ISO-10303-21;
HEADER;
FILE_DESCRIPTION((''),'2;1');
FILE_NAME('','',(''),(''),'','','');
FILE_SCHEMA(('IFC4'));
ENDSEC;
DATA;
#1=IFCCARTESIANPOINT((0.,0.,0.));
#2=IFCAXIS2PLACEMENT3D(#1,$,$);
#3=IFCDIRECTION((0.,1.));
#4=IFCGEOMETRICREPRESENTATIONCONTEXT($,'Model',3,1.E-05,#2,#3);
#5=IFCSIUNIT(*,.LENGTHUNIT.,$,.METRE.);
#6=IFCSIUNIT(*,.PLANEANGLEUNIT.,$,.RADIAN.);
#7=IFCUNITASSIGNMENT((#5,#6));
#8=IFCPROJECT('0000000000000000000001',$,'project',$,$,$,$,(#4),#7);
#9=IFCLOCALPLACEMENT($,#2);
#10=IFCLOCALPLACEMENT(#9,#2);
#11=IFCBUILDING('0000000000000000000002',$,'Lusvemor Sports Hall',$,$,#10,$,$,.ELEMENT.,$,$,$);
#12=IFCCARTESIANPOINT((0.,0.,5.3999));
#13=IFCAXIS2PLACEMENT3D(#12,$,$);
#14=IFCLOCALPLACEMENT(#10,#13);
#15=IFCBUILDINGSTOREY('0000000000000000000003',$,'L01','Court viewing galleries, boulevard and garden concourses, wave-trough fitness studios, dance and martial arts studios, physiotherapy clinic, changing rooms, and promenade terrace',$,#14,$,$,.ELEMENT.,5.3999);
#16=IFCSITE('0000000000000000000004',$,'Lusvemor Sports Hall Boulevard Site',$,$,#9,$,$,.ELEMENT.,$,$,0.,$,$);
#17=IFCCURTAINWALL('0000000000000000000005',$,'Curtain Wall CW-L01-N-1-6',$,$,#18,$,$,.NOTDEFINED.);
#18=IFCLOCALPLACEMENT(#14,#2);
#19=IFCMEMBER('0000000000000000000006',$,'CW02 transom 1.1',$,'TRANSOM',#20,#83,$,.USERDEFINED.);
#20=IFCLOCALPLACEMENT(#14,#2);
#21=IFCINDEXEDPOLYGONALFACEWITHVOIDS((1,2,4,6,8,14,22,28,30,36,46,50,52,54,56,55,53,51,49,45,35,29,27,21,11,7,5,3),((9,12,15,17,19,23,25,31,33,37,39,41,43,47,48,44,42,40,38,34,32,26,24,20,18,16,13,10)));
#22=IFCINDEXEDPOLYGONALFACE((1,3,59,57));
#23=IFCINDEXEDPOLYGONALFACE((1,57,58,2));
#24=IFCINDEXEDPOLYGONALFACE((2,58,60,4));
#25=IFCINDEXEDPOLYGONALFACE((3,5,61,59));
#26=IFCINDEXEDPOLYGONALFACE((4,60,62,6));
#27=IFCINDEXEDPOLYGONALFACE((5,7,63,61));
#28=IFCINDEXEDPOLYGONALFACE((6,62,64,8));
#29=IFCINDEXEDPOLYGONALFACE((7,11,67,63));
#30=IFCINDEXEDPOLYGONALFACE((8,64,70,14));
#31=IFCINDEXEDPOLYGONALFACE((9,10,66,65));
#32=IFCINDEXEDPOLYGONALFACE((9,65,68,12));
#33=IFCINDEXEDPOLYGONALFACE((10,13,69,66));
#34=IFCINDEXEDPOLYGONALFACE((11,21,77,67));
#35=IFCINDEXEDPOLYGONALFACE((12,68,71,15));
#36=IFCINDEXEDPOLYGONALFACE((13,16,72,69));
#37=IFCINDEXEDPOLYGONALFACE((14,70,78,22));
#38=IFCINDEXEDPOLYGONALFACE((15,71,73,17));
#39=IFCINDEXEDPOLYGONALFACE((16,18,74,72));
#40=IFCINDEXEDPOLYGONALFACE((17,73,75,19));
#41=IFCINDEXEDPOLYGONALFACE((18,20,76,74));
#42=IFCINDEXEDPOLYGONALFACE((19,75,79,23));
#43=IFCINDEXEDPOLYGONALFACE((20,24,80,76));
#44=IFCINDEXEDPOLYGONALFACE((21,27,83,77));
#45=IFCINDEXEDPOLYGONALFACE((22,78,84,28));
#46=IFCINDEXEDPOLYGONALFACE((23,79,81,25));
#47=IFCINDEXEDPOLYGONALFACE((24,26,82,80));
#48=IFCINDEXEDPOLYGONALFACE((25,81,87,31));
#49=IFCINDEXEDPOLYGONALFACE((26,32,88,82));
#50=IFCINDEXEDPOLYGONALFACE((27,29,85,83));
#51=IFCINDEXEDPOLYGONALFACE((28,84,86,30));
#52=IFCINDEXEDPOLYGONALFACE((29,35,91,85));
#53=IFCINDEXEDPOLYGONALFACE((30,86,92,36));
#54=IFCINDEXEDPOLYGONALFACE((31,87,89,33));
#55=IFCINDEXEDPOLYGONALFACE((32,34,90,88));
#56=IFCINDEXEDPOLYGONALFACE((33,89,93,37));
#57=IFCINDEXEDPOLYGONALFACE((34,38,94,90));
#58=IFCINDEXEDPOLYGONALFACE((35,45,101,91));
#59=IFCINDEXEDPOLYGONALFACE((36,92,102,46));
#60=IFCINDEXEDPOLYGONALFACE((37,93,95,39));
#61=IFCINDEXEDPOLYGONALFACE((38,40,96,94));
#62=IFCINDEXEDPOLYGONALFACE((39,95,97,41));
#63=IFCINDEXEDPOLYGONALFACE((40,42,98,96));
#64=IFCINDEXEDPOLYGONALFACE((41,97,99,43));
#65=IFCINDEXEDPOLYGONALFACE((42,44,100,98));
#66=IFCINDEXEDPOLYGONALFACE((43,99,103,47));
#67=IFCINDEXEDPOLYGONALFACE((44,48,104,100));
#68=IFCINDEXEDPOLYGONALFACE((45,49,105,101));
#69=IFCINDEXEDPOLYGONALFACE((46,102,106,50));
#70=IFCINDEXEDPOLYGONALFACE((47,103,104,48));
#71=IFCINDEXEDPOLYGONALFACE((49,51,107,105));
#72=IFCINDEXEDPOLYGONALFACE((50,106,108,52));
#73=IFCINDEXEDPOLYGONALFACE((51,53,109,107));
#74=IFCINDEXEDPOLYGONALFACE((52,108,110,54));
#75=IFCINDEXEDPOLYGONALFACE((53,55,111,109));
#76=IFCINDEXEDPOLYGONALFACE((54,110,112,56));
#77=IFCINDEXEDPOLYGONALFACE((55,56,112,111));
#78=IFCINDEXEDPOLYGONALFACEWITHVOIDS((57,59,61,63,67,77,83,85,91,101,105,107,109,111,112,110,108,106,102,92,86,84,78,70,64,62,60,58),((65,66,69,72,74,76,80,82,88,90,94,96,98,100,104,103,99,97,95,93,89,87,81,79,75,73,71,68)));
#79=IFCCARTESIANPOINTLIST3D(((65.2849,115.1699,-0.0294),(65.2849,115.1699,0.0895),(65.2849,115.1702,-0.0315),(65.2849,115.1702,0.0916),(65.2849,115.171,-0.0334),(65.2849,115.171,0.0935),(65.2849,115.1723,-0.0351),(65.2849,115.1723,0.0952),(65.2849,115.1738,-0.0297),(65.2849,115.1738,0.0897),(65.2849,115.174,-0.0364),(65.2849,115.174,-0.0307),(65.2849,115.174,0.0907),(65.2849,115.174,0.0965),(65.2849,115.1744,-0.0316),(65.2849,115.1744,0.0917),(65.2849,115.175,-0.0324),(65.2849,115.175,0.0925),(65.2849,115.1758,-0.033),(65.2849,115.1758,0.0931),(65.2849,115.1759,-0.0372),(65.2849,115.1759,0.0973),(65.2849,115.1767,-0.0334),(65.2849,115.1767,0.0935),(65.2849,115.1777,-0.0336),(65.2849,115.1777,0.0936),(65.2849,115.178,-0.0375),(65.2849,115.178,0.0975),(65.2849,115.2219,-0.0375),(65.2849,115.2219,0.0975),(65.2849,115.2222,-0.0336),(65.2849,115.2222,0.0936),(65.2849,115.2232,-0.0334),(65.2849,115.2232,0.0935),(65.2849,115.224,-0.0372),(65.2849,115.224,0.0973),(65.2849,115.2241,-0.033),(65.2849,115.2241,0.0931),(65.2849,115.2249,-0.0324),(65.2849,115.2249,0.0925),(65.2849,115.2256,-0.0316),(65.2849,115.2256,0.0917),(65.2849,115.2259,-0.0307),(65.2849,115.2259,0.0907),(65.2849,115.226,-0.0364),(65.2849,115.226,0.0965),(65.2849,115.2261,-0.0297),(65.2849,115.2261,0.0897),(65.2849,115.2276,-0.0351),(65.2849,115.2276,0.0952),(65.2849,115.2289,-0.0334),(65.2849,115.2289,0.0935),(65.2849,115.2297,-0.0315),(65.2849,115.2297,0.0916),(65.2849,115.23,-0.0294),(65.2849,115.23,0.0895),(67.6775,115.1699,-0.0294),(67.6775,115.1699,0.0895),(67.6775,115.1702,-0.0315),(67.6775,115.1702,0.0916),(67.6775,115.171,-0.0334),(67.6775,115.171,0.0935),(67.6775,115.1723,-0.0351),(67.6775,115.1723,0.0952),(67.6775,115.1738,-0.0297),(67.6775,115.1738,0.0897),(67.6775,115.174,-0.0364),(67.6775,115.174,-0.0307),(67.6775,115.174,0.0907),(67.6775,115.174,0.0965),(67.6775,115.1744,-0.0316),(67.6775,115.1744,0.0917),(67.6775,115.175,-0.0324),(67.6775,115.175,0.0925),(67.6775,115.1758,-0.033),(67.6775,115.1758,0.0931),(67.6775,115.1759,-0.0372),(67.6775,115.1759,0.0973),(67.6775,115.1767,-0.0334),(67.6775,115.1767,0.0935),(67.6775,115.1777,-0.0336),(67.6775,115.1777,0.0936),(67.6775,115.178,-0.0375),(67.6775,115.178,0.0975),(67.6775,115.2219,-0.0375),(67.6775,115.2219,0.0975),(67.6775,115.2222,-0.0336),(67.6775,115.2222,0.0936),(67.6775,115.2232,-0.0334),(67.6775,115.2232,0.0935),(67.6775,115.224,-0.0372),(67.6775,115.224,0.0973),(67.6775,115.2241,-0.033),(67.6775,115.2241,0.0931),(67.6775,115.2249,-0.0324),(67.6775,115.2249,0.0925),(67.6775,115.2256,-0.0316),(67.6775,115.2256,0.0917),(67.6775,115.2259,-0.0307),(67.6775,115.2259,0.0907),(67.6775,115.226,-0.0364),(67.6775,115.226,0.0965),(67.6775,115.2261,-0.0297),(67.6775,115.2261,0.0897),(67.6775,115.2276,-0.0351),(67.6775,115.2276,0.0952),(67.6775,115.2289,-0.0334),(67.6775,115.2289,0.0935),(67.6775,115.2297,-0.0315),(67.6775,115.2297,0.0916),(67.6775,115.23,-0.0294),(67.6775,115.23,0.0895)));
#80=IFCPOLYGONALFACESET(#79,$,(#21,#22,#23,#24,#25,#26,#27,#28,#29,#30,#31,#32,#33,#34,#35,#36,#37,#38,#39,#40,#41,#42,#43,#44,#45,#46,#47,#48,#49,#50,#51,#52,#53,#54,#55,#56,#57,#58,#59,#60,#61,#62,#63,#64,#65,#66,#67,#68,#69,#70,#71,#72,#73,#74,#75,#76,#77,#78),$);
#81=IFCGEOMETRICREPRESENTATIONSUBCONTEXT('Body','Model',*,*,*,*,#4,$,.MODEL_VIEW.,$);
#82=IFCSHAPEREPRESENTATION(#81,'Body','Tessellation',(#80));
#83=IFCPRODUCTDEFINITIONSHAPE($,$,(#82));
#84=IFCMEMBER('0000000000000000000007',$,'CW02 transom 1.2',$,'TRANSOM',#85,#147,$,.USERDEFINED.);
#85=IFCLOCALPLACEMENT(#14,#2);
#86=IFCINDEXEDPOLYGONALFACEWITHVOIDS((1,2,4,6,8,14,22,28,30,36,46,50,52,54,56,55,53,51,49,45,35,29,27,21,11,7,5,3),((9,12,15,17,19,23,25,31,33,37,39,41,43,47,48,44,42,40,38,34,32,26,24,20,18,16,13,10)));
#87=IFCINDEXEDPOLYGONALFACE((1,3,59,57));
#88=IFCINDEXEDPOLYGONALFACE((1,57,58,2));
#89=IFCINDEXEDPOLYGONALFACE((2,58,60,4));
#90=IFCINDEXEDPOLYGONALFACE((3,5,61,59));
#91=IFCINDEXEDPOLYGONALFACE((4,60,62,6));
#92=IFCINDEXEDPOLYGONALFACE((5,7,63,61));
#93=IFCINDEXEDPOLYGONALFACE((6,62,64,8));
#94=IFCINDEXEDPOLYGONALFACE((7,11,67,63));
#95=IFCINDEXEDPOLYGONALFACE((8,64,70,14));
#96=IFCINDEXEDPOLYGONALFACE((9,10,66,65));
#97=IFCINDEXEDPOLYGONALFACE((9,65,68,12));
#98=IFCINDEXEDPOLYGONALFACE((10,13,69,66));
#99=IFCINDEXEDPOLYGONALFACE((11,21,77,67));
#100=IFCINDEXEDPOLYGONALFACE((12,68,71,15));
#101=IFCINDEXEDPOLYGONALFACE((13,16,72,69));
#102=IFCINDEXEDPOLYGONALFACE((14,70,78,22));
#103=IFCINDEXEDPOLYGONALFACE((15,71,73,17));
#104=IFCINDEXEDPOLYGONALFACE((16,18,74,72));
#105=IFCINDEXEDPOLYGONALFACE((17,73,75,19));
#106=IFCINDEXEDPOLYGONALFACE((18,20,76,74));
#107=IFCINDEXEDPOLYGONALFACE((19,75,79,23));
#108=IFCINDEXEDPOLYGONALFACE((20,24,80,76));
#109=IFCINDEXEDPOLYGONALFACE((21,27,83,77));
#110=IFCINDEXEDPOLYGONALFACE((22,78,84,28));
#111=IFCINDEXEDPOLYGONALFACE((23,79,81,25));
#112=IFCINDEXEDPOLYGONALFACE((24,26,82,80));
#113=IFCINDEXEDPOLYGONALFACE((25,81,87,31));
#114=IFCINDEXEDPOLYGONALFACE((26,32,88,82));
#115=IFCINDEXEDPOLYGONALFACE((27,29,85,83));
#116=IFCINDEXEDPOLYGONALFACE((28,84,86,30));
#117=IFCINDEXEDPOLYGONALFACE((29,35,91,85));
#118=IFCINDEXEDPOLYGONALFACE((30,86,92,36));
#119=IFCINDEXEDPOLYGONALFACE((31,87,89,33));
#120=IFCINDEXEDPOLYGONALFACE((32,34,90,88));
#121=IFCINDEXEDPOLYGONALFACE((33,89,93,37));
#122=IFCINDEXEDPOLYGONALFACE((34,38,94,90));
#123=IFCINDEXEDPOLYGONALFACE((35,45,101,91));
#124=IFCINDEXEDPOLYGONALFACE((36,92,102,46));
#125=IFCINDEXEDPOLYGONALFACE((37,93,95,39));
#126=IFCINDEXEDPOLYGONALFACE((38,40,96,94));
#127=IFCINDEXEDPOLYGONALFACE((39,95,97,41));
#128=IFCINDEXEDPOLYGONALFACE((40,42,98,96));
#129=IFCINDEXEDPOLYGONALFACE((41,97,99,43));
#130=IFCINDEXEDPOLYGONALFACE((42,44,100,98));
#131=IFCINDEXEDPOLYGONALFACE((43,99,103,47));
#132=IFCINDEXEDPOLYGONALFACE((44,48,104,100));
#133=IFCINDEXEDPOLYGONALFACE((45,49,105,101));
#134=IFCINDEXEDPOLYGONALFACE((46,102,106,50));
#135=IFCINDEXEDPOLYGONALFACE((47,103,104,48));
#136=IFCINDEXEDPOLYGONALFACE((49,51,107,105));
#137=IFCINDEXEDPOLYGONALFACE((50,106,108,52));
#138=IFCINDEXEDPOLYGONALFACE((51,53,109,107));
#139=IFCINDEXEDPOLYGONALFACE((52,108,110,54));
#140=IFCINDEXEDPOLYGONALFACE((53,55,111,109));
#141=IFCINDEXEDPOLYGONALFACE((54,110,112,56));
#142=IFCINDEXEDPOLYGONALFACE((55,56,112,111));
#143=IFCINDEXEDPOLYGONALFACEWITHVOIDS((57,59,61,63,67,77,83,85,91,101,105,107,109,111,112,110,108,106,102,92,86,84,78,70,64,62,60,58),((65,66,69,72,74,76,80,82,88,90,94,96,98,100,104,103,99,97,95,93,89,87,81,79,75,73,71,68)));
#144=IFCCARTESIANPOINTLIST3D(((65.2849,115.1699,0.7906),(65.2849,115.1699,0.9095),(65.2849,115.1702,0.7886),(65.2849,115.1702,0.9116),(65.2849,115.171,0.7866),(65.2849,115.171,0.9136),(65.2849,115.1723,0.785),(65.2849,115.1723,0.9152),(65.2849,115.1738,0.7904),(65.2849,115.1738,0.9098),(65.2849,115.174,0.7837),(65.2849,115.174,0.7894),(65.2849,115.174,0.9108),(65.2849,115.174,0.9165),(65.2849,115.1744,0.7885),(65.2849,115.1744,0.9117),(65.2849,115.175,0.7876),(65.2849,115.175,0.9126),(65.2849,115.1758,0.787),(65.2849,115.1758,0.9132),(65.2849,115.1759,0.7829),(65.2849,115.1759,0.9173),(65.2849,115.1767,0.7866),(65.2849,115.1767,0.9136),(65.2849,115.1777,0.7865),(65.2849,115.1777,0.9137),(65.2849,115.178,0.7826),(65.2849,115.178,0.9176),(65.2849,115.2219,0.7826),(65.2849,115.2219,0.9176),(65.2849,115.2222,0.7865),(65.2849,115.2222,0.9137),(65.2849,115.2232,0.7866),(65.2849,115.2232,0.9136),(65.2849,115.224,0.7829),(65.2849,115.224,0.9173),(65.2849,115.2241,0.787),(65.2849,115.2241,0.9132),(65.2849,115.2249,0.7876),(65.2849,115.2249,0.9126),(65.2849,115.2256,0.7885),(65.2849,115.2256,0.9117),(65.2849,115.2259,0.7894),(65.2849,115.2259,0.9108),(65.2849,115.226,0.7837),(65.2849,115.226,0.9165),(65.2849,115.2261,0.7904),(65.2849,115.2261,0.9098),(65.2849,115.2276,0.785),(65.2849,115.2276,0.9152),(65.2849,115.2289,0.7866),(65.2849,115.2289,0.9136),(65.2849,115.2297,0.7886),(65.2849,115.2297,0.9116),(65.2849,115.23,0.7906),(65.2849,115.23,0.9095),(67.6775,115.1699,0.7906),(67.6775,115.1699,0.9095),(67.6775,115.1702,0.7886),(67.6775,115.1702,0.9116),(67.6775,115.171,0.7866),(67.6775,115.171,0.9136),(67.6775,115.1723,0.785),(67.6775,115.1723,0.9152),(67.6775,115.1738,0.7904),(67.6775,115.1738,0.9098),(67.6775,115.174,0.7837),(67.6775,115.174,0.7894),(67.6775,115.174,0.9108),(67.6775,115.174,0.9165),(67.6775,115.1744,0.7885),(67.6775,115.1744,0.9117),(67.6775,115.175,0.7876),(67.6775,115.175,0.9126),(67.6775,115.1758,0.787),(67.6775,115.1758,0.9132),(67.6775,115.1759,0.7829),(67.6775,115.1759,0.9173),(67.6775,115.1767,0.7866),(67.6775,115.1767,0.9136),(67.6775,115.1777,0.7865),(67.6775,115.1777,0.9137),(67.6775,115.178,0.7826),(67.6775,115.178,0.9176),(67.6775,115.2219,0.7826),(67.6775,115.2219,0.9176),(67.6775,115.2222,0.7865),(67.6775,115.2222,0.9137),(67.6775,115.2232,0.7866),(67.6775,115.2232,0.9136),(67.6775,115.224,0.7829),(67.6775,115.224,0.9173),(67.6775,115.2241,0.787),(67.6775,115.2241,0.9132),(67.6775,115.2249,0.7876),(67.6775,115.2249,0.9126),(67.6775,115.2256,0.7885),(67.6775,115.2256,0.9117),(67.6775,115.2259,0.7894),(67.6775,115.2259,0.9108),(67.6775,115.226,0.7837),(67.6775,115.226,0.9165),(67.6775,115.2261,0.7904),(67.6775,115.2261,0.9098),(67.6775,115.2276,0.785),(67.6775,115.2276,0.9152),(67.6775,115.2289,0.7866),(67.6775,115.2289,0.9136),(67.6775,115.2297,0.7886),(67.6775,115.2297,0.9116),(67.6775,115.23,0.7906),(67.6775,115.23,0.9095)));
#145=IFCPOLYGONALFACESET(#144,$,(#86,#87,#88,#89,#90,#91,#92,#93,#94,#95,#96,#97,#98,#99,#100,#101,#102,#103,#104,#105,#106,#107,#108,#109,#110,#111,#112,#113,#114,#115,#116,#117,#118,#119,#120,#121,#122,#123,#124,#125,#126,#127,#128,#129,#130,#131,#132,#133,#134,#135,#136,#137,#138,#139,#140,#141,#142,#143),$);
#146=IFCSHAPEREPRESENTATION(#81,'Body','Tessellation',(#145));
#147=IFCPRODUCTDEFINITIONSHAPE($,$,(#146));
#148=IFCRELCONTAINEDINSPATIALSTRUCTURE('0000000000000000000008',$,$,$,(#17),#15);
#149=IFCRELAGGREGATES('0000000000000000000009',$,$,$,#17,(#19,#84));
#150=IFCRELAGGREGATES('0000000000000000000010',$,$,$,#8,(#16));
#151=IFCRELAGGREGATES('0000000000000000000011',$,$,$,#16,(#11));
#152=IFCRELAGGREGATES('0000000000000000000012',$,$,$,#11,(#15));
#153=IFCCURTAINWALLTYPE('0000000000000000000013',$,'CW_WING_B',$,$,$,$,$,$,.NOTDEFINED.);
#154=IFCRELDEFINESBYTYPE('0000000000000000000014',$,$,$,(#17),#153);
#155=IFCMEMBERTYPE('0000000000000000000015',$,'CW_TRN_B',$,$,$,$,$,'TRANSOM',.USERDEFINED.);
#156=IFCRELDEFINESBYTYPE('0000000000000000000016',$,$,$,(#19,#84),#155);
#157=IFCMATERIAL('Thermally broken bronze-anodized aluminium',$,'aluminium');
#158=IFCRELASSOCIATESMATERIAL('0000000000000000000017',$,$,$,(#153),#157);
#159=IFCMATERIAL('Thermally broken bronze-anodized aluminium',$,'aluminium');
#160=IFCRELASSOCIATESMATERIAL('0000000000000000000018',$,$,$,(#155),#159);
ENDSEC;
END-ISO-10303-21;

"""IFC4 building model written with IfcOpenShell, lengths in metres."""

from ifc_helpers import new_model, si_unit, direction, frame, origin, origin_2d, place, context, subcontext, project, spatial, hollow_rectangle, extrude, material, material_profile, profile_set, type_object, element, aggregate, save


model = new_model("IFC4")

# Units and contexts
model_context = context("Model", 3, precision=1e-05, world=origin(), true_north=direction((0.0, 1.0)))
body_context = subcontext(model_context, "Body", "Model", "MODEL_VIEW")
ifc_project = project(units=[si_unit("LENGTHUNIT", "METRE"), si_unit("PLANEANGLEUNIT", "RADIAN")], contexts=[model_context])

# Site, building, storey
site_placement = place(None, origin())
site = spatial("IfcSite", under=ifc_project, at=site_placement, Name="Lusvemor Sports Hall Boulevard Site", CompositionType="ELEMENT", RefElevation=0.0)
building_placement = place(site_placement, origin())
building = spatial("IfcBuilding", under=site, at=building_placement, Name="Lusvemor Sports Hall", CompositionType="ELEMENT")
storey_placement = place(building_placement, frame((0.0, 0.0, 5.3999)))
storey = spatial("IfcBuildingStorey", under=building, at=storey_placement, Name="L01", Description="Court viewing galleries, boulevard and garden concourses, wave-trough fitness studios, dance and martial arts studios, physiotherapy clinic, changing rooms, and promenade terrace", CompositionType="ELEMENT", Elevation=5.3999)

# Curtain wall, members
ifc_material_1 = material(Name="Thermally broken bronze-anodized aluminium", Category="aluminium")
curtain_wall_type = type_object("IfcCurtainWallType", Name="CW_WING_B", PredefinedType="NOTDEFINED", material=ifc_material_1)
curtain_wall_placement = place(storey_placement, origin())
curtain_wall = element("IfcCurtainWall", 1, at=curtain_wall_placement, inside=storey, type_object=curtain_wall_type, Name="Curtain Wall CW-L01-N-1-6", PredefinedType="NOTDEFINED")
ifc_material_2 = material(Name="Thermally broken bronze-anodized aluminium", Category="aluminium")
ifc_material_profile_1 = material_profile(ifc_material_2, hollow_rectangle(XDim=0.0601, YDim=0.135, WallThickness=0.0039, InnerFilletRadius=0.0039, OuterFilletRadius=0.0081, at=origin_2d()), Name="CWTRN135x60x4")
ifc_profile_set_1 = profile_set([ifc_material_profile_1], Name="Thermally broken bronze-anodized aluminium")
member_type_1 = type_object("IfcMemberType", Name="CW_TRN_B", ElementType="TRANSOM", PredefinedType="USERDEFINED", material=ifc_profile_set_1)
member_1_placement = place(storey_placement, frame((65.2849, 115.2, 0.03), z_axis=(1.0, 0.0, 0.0), x_axis=(0.0, 1.0, 0.0)))
member_1 = element("IfcMember", 2, at=member_1_placement, type_object=member_type_1, Name="CW02 transom 1.1", ObjectType="TRANSOM", PredefinedType="USERDEFINED", context=body_context, shape_type="SweptSolid", body=[
    extrude(hollow_rectangle(XDim=0.0601, YDim=0.135, WallThickness=0.0039, InnerFilletRadius=0.0039, OuterFilletRadius=0.0081, at=origin_2d()), origin(), (0.0, 0.0, 1.0), 2.3926),
])
member_2_placement = place(storey_placement, frame((65.2849, 115.2, 0.8501), z_axis=(1.0, 0.0, 0.0), x_axis=(0.0, 1.0, 0.0)))
member_2 = element("IfcMember", 3, at=member_2_placement, type_object=member_type_1, Name="CW02 transom 1.2", ObjectType="TRANSOM", PredefinedType="USERDEFINED", context=body_context, shape_type="SweptSolid", body=[
    extrude(hollow_rectangle(XDim=0.0601, YDim=0.135, WallThickness=0.0039, InnerFilletRadius=0.0039, OuterFilletRadius=0.0081, at=origin_2d()), origin(), (0.0, 0.0, 1.0), 2.3926),
])

aggregate(curtain_wall, [member_1, member_2])

save(model, "model.ifc")
